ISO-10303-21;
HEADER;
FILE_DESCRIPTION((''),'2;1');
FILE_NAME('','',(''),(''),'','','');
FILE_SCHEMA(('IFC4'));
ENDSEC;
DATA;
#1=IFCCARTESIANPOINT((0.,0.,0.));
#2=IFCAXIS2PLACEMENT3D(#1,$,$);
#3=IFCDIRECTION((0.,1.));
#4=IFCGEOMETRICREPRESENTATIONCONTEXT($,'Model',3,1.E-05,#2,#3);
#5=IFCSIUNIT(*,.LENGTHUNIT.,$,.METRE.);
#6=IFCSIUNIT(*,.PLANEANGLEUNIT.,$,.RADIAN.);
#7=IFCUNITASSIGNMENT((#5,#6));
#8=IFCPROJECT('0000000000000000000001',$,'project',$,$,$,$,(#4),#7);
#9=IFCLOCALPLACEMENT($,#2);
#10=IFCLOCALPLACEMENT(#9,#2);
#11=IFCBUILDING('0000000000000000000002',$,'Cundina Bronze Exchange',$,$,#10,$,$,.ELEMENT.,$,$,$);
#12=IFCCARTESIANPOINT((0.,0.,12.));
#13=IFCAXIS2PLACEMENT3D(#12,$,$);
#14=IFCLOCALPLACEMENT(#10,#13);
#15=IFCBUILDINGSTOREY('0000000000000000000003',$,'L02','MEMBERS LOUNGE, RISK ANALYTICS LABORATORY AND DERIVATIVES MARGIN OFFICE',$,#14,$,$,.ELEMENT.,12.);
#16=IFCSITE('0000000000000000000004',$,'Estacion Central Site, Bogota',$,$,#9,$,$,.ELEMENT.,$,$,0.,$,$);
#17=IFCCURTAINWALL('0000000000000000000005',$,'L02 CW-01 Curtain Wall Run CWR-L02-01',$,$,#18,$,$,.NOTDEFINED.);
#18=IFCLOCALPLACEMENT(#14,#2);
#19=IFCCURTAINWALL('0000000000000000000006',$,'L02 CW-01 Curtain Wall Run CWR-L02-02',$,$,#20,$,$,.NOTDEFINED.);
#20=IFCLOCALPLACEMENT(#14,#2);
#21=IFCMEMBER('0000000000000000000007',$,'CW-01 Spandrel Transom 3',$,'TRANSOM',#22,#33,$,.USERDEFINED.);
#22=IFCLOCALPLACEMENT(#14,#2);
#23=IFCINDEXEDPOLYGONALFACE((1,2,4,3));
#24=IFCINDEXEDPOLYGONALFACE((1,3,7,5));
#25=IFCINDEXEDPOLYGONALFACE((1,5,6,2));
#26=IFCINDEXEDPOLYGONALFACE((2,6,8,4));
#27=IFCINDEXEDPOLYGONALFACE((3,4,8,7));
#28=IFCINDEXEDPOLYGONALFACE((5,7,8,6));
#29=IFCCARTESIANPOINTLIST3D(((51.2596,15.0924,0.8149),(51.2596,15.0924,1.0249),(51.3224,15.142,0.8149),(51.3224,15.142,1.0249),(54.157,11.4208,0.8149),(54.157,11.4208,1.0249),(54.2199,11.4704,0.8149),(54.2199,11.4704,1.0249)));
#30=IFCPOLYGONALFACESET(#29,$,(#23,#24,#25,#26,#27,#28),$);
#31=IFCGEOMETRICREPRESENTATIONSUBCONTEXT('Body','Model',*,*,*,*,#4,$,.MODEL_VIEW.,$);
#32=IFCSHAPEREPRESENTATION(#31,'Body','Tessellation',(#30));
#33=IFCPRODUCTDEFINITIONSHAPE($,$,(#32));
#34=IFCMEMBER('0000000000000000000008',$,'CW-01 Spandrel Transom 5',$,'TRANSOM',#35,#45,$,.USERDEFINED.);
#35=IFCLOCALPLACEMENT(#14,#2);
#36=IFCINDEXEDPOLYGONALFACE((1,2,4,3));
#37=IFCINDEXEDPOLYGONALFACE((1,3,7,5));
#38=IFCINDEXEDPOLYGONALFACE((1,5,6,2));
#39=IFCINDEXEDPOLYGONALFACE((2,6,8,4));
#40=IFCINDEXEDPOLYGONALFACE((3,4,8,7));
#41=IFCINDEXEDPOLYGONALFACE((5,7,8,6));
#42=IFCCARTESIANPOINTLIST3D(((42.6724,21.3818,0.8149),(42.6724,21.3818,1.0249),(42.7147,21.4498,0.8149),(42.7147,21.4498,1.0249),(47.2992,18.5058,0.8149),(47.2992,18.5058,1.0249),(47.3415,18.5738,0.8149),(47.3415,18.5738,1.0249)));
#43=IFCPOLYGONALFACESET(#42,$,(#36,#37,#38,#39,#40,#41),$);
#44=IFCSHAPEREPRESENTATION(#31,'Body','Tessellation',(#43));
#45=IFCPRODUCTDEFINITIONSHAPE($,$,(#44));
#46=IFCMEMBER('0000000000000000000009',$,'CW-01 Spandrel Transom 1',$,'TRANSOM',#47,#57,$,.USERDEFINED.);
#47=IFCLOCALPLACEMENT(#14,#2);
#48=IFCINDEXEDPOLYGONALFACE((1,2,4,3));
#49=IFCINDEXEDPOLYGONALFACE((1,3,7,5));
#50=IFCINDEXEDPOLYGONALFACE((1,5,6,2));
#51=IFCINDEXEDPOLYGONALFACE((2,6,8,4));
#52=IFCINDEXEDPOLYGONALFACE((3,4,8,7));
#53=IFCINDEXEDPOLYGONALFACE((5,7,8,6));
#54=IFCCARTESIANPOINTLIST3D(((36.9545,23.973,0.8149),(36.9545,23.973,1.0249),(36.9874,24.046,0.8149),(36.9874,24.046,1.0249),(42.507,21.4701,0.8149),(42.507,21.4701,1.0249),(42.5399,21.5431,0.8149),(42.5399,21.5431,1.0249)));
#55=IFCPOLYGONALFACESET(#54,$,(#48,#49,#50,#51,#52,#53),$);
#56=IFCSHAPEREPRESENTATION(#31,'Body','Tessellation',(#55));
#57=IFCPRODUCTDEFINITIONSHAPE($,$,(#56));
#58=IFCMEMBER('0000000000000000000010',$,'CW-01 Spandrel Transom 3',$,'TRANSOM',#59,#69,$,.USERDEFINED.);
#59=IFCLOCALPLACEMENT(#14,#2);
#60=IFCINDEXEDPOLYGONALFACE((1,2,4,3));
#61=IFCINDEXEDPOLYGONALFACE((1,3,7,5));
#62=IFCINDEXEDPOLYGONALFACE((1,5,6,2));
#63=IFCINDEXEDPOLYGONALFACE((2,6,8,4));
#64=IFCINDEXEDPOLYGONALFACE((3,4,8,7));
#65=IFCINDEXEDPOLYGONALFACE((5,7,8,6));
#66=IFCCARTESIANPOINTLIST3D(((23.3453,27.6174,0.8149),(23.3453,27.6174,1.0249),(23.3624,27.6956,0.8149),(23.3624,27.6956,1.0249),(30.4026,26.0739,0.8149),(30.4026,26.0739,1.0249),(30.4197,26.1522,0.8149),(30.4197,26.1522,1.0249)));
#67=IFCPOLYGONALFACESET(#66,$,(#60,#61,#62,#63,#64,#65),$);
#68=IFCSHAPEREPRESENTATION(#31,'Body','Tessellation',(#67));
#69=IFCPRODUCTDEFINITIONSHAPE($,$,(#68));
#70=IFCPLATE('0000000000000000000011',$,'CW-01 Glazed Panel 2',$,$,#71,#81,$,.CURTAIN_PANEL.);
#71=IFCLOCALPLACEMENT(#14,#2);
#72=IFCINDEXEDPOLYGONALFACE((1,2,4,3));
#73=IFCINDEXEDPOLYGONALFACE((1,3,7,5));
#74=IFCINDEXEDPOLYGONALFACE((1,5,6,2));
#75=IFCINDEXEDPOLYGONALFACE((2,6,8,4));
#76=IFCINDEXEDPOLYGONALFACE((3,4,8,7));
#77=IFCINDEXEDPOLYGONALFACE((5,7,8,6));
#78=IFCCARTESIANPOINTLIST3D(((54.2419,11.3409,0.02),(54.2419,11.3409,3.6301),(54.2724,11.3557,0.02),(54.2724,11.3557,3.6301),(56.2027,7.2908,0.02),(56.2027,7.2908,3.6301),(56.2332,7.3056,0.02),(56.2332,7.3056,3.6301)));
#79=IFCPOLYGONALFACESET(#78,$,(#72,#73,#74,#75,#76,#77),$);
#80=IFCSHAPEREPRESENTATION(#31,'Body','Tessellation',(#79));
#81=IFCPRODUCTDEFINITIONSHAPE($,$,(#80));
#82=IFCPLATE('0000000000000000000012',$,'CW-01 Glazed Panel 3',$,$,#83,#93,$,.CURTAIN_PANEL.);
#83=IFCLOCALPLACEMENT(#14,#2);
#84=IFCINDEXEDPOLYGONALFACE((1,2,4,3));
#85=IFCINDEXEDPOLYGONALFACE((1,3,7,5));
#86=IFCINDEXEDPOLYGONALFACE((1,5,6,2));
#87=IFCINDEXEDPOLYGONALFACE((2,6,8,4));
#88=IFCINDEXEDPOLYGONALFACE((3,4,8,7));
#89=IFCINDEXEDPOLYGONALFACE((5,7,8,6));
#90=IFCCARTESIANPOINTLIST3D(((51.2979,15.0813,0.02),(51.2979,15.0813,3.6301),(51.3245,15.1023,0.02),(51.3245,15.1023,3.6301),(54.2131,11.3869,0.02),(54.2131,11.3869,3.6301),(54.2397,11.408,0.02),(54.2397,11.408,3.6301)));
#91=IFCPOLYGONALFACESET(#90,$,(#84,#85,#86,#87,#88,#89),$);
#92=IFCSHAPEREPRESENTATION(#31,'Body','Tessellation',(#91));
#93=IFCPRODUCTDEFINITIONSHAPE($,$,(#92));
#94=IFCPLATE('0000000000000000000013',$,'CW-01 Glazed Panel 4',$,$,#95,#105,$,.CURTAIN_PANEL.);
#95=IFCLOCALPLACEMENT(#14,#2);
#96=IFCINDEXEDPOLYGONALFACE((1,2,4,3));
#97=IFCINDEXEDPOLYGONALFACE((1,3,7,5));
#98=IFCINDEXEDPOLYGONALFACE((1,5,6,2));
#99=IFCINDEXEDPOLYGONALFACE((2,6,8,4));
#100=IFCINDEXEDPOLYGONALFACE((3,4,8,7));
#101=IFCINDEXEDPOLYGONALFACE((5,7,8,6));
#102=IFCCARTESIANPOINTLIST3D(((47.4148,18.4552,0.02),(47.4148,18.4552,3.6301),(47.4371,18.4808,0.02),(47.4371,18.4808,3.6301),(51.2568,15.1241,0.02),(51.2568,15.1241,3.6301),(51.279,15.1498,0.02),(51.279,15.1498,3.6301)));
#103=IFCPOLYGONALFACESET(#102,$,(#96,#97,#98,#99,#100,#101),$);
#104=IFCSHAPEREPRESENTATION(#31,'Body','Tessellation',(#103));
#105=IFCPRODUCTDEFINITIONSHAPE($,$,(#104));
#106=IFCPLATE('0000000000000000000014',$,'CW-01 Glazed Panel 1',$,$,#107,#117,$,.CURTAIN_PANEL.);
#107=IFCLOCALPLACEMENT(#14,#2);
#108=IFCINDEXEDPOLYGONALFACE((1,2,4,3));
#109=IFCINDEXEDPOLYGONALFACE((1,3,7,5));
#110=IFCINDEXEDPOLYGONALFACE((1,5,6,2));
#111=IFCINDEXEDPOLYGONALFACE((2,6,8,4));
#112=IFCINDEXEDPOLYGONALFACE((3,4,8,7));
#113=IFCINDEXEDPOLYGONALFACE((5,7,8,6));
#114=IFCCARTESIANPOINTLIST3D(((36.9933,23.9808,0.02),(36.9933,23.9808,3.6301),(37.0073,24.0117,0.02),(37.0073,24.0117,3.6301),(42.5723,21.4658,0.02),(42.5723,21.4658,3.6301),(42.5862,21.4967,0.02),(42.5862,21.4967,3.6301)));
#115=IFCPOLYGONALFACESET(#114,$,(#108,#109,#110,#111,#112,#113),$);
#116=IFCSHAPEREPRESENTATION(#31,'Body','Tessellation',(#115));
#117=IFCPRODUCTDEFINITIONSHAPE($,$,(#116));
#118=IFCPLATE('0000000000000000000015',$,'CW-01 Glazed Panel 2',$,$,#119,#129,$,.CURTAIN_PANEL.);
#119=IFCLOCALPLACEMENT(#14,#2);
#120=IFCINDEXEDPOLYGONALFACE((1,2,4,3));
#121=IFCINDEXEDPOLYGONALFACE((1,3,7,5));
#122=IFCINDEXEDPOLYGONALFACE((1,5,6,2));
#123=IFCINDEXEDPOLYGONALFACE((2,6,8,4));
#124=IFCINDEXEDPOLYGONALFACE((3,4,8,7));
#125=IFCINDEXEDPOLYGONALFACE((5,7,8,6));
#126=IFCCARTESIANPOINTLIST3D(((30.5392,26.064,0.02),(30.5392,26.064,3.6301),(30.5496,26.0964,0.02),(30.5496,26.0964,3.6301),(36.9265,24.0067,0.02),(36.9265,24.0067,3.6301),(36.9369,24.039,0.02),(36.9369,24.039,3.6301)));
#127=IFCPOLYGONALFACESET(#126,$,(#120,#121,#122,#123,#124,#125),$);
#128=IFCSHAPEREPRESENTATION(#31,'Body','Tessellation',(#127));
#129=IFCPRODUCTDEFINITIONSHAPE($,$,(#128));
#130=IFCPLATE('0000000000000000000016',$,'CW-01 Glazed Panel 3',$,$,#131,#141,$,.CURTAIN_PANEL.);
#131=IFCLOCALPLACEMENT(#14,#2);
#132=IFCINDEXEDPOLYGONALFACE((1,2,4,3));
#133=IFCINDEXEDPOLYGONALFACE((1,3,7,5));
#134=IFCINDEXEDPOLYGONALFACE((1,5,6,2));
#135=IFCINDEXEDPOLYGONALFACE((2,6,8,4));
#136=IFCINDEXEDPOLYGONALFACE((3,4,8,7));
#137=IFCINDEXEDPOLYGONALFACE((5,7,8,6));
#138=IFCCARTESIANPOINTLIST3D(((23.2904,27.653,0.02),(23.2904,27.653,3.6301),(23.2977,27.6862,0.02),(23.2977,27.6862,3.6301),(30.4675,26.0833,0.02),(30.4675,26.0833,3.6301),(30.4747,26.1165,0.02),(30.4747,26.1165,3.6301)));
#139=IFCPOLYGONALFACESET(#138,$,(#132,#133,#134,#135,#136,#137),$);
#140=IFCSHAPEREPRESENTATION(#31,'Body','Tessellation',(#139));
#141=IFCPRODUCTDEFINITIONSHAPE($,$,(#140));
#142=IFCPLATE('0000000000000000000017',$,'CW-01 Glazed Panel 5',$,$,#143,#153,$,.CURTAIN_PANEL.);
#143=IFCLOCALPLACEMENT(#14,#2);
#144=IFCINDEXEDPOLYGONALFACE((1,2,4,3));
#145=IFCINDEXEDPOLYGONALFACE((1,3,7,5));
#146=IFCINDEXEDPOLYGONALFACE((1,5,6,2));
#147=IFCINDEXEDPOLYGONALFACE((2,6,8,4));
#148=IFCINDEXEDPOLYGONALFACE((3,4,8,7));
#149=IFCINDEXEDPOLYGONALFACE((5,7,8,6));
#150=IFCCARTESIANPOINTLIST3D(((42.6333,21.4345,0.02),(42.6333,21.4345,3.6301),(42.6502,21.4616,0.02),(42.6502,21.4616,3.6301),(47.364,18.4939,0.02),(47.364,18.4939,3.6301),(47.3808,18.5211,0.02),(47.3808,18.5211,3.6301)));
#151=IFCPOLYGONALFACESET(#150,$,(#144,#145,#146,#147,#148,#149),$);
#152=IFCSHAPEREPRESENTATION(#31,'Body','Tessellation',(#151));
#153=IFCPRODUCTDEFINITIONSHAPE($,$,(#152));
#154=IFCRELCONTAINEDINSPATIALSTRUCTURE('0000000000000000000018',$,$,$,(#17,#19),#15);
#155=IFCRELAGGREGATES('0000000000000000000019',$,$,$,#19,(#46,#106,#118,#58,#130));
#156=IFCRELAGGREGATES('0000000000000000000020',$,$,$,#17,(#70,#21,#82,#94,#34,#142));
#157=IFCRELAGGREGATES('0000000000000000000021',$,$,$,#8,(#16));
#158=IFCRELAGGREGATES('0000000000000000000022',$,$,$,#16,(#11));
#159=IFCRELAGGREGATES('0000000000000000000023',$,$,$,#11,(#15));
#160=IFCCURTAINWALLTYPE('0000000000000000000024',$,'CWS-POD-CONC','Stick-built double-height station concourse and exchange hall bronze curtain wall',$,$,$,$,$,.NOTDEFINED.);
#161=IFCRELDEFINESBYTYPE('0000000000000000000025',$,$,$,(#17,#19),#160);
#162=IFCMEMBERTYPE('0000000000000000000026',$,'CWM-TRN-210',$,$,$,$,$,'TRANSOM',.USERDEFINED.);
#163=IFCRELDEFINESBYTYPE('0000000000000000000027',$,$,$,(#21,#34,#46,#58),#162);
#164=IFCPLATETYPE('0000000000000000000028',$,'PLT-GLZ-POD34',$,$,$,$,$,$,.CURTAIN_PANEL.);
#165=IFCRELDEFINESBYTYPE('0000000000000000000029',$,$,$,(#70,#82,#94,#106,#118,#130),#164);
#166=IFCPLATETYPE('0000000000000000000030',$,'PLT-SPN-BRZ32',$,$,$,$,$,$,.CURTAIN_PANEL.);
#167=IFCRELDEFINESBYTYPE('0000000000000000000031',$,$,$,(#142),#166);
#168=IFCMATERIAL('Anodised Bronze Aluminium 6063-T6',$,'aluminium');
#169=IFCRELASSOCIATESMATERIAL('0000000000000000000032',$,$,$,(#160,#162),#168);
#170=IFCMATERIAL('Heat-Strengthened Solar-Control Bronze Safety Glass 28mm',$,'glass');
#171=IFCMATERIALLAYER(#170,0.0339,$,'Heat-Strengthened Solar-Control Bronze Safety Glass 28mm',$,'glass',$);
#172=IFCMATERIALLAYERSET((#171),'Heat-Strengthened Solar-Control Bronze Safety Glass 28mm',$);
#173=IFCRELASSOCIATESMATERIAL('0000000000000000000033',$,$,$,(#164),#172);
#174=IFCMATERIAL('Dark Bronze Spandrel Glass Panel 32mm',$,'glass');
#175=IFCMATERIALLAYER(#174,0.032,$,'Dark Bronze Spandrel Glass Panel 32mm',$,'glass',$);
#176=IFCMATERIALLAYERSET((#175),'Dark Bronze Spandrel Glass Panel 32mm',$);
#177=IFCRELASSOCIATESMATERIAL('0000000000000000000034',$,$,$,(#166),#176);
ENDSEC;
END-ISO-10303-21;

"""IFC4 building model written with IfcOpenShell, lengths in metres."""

from ifc_helpers import new_model, si_unit, direction, frame, origin, origin_2d, place, context, subcontext, project, spatial, rectangle, extrude, material, layer, layer_set, material_profile, profile_set, type_object, element, aggregate, save


model = new_model("IFC4")

# Units and contexts
model_context = context("Model", 3, precision=1e-05, world=origin(), true_north=direction((0.0, 1.0)))
body_context = subcontext(model_context, "Body", "Model", "MODEL_VIEW")
ifc_project = project(units=[si_unit("LENGTHUNIT", "METRE"), si_unit("PLANEANGLEUNIT", "RADIAN")], contexts=[model_context])

# Site, building, storey
site_placement = place(None, origin())
site = spatial("IfcSite", under=ifc_project, at=site_placement, Name="Estacion Central Site, Bogota", CompositionType="ELEMENT", RefElevation=0.0)
building_placement = place(site_placement, origin())
building = spatial("IfcBuilding", under=site, at=building_placement, Name="Cundina Bronze Exchange", CompositionType="ELEMENT")
storey_placement = place(building_placement, frame((0.0, 0.0, 12.0)))
storey = spatial("IfcBuildingStorey", under=building, at=storey_placement, Name="L02", Description="MEMBERS LOUNGE, RISK ANALYTICS LABORATORY AND DERIVATIVES MARGIN OFFICE", CompositionType="ELEMENT", Elevation=12.0)

# Curtain walls
ifc_material_1 = material(Name="Anodised Bronze Aluminium 6063-T6", Category="aluminium")
curtain_wall_type = type_object("IfcCurtainWallType", Name="CWS-POD-CONC", Description="Stick-built double-height station concourse and exchange hall bronze curtain wall", PredefinedType="NOTDEFINED", material=ifc_material_1)
curtain_wall_1_placement = place(storey_placement, origin())
curtain_wall_1 = element("IfcCurtainWall", 1, at=curtain_wall_1_placement, inside=storey, type_object=curtain_wall_type, Name="L02 CW-01 Curtain Wall Run CWR-L02-01", PredefinedType="NOTDEFINED")
curtain_wall_2_placement = place(storey_placement, origin())
curtain_wall_2 = element("IfcCurtainWall", 2, at=curtain_wall_2_placement, inside=storey, type_object=curtain_wall_type, Name="L02 CW-01 Curtain Wall Run CWR-L02-02", PredefinedType="NOTDEFINED")

# Members
ifc_material_profile_1 = material_profile(ifc_material_1, rectangle(XDim=0.0801, YDim=0.21, at=origin_2d()), Name="AL80X210", Category="aluminium")
ifc_profile_set_1 = profile_set([ifc_material_profile_1], Name="Anodised Bronze Aluminium 6063-T6")
member_type_1 = type_object("IfcMemberType", Name="CWM-TRN-210", ElementType="TRANSOM", PredefinedType="USERDEFINED", material=ifc_profile_set_1)
member_1_placement = place(storey_placement, frame((54.1885, 11.4456, 0.9199), z_axis=(-0.619487, 0.785007, 0.0), x_axis=(-0.785007, -0.619487, 0.0)))
member_1 = element("IfcMember", 3, at=member_1_placement, type_object=member_type_1, Name="CW-01 Spandrel Transom 3", ObjectType="TRANSOM", PredefinedType="USERDEFINED", context=body_context, shape_type="SweptSolid", body=[
    extrude(rectangle(XDim=0.0801, YDim=0.21, at=origin_2d()), origin(), (0.0, 0.0, 1.0), 4.6772),
])
member_2_placement = place(storey_placement, frame((47.3203, 18.5398, 0.9199), z_axis=(-0.849292, 0.527923, 0.0), x_axis=(-0.527923, -0.849292, 0.0)))
member_2 = element("IfcMember", 4, at=member_2_placement, type_object=member_type_1, Name="CW-01 Spandrel Transom 5", ObjectType="TRANSOM", PredefinedType="USERDEFINED", context=body_context, shape_type="SweptSolid", body=[
    extrude(rectangle(XDim=0.0801, YDim=0.21, at=origin_2d()), origin(), (0.0, 0.0, 1.0), 5.4478),
])
member_3_placement = place(storey_placement, frame((42.5234, 21.5066, 0.9199), z_axis=(-0.911657, 0.410953, 0.0), x_axis=(-0.410953, -0.911657, 0.0)))
member_3 = element("IfcMember", 5, at=member_3_placement, type_object=member_type_1, Name="CW-01 Spandrel Transom 1", ObjectType="TRANSOM", PredefinedType="USERDEFINED", context=body_context, shape_type="SweptSolid", body=[
    extrude(rectangle(XDim=0.0801, YDim=0.21, at=origin_2d()), origin(), (0.0, 0.0, 1.0), 6.0906),
])
member_4_placement = place(storey_placement, frame((30.4111, 26.113, 0.9199), z_axis=(-0.97691, 0.213652, 0.0), x_axis=(-0.213652, -0.97691, 0.0)))
member_4 = element("IfcMember", 6, at=member_4_placement, type_object=member_type_1, Name="CW-01 Spandrel Transom 3", ObjectType="TRANSOM", PredefinedType="USERDEFINED", context=body_context, shape_type="SweptSolid", body=[
    extrude(rectangle(XDim=0.0801, YDim=0.21, at=origin_2d()), origin(), (0.0, 0.0, 1.0), 7.2241),
])

# Plates
ifc_material_2 = material(Name="Heat-Strengthened Solar-Control Bronze Safety Glass 28mm", Category="glass")
ifc_layer_1 = layer(ifc_material_2, 0.0339, Name="Heat-Strengthened Solar-Control Bronze Safety Glass 28mm", Category="glass")
ifc_layer_set_1 = layer_set([ifc_layer_1], Name="Heat-Strengthened Solar-Control Bronze Safety Glass 28mm")
plate_type_1 = type_object("IfcPlateType", Name="PLT-GLZ-POD34", PredefinedType="CURTAIN_PANEL", material=ifc_layer_set_1)
plate_1_placement = place(storey_placement, frame((55.2375, 9.3232, 0.02), z_axis=(0.0, 0.0, 1.0), x_axis=(-0.435765, 0.90006, 0.0)))
plate_1 = element("IfcPlate", 7, at=plate_1_placement, type_object=plate_type_1, Name="CW-01 Glazed Panel 2", PredefinedType="CURTAIN_PANEL", context=body_context, shape_type="SweptSolid", body=[
    extrude(rectangle(XDim=4.4998, YDim=0.0339, at=origin_2d()), origin(), (0.0, 0.0, 1.0), 3.6101),
])
plate_2_placement = place(storey_placement, frame((52.7688, 13.2446, 0.02), z_axis=(0.0, 0.0, 1.0), x_axis=(-0.619464, 0.785025, 0.0)))
plate_2 = element("IfcPlate", 8, at=plate_2_placement, type_object=plate_type_1, Name="CW-01 Glazed Panel 3", PredefinedType="CURTAIN_PANEL", context=body_context, shape_type="SweptSolid", body=[
    extrude(rectangle(XDim=4.7061, YDim=0.0339, at=origin_2d()), origin(), (0.0, 0.0, 1.0), 3.6101),
])
plate_3_placement = place(storey_placement, frame((49.3469, 16.8025, 0.02), z_axis=(0.0, 0.0, 1.0), x_axis=(-0.755556, 0.655084, 0.0)))
plate_3 = element("IfcPlate", 9, at=plate_3_placement, type_object=plate_type_1, Name="CW-01 Glazed Panel 4", PredefinedType="CURTAIN_PANEL", context=body_context, shape_type="SweptSolid", body=[
    extrude(rectangle(XDim=5.085, YDim=0.0339, at=origin_2d()), origin(), (0.0, 0.0, 1.0), 3.6101),
])
plate_4_placement = place(storey_placement, frame((39.7898, 22.7388, 0.02), z_axis=(0.0, 0.0, 1.0), x_axis=(-0.911647, 0.410973, 0.0)))
plate_4 = element("IfcPlate", 10, at=plate_4_placement, type_object=plate_type_1, Name="CW-01 Glazed Panel 1", PredefinedType="CURTAIN_PANEL", context=body_context, shape_type="SweptSolid", body=[
    extrude(rectangle(XDim=6.1196, YDim=0.0339, at=origin_2d()), origin(), (0.0, 0.0, 1.0), 3.6101),
])
plate_5_placement = place(storey_placement, frame((33.738, 25.0515, 0.02), z_axis=(0.0, 0.0, 1.0), x_axis=(-0.951841, 0.306593, 0.0)))
plate_5 = element("IfcPlate", 11, at=plate_5_placement, type_object=plate_type_1, Name="CW-01 Glazed Panel 2", PredefinedType="CURTAIN_PANEL", context=body_context, shape_type="SweptSolid", body=[
    extrude(rectangle(XDim=6.7104, YDim=0.0339, at=origin_2d()), origin(), (0.0, 0.0, 1.0), 3.6101),
])
plate_6_placement = place(storey_placement, frame((26.8826, 26.8848, 0.02), z_axis=(0.0, 0.0, 1.0), x_axis=(-0.976908, 0.213661, 0.0)))
plate_6 = element("IfcPlate", 12, at=plate_6_placement, type_object=plate_type_1, Name="CW-01 Glazed Panel 3", PredefinedType="CURTAIN_PANEL", context=body_context, shape_type="SweptSolid", body=[
    extrude(rectangle(XDim=7.3467, YDim=0.0339, at=origin_2d()), origin(), (0.0, 0.0, 1.0), 3.6101),
])
aggregate(curtain_wall_2, [member_3, plate_4, plate_5, member_4, plate_6])
ifc_material_3 = material(Name="Dark Bronze Spandrel Glass Panel 32mm", Category="glass")
ifc_layer_2 = layer(ifc_material_3, 0.032, Name="Dark Bronze Spandrel Glass Panel 32mm", Category="glass")
ifc_layer_set_2 = layer_set([ifc_layer_2], Name="Dark Bronze Spandrel Glass Panel 32mm")
plate_type_2 = type_object("IfcPlateType", Name="PLT-SPN-BRZ32", PredefinedType="CURTAIN_PANEL", material=ifc_layer_set_2)
plate_7_placement = place(storey_placement, frame((45.0071, 19.9778, 0.02), z_axis=(0.0, 0.0, 1.0), x_axis=(-0.849294, 0.52792, 0.0)))
plate_7 = element("IfcPlate", 13, at=plate_7_placement, type_object=plate_type_2, Name="CW-01 Glazed Panel 5", PredefinedType="CURTAIN_PANEL", context=body_context, shape_type="SweptSolid", body=[
    extrude(rectangle(XDim=5.5701, YDim=0.032, at=origin_2d()), origin(), (0.0, 0.0, 1.0), 3.6101),
])
aggregate(curtain_wall_1, [plate_1, member_1, plate_2, plate_3, member_2, plate_7])

save(model, "model.ifc")
